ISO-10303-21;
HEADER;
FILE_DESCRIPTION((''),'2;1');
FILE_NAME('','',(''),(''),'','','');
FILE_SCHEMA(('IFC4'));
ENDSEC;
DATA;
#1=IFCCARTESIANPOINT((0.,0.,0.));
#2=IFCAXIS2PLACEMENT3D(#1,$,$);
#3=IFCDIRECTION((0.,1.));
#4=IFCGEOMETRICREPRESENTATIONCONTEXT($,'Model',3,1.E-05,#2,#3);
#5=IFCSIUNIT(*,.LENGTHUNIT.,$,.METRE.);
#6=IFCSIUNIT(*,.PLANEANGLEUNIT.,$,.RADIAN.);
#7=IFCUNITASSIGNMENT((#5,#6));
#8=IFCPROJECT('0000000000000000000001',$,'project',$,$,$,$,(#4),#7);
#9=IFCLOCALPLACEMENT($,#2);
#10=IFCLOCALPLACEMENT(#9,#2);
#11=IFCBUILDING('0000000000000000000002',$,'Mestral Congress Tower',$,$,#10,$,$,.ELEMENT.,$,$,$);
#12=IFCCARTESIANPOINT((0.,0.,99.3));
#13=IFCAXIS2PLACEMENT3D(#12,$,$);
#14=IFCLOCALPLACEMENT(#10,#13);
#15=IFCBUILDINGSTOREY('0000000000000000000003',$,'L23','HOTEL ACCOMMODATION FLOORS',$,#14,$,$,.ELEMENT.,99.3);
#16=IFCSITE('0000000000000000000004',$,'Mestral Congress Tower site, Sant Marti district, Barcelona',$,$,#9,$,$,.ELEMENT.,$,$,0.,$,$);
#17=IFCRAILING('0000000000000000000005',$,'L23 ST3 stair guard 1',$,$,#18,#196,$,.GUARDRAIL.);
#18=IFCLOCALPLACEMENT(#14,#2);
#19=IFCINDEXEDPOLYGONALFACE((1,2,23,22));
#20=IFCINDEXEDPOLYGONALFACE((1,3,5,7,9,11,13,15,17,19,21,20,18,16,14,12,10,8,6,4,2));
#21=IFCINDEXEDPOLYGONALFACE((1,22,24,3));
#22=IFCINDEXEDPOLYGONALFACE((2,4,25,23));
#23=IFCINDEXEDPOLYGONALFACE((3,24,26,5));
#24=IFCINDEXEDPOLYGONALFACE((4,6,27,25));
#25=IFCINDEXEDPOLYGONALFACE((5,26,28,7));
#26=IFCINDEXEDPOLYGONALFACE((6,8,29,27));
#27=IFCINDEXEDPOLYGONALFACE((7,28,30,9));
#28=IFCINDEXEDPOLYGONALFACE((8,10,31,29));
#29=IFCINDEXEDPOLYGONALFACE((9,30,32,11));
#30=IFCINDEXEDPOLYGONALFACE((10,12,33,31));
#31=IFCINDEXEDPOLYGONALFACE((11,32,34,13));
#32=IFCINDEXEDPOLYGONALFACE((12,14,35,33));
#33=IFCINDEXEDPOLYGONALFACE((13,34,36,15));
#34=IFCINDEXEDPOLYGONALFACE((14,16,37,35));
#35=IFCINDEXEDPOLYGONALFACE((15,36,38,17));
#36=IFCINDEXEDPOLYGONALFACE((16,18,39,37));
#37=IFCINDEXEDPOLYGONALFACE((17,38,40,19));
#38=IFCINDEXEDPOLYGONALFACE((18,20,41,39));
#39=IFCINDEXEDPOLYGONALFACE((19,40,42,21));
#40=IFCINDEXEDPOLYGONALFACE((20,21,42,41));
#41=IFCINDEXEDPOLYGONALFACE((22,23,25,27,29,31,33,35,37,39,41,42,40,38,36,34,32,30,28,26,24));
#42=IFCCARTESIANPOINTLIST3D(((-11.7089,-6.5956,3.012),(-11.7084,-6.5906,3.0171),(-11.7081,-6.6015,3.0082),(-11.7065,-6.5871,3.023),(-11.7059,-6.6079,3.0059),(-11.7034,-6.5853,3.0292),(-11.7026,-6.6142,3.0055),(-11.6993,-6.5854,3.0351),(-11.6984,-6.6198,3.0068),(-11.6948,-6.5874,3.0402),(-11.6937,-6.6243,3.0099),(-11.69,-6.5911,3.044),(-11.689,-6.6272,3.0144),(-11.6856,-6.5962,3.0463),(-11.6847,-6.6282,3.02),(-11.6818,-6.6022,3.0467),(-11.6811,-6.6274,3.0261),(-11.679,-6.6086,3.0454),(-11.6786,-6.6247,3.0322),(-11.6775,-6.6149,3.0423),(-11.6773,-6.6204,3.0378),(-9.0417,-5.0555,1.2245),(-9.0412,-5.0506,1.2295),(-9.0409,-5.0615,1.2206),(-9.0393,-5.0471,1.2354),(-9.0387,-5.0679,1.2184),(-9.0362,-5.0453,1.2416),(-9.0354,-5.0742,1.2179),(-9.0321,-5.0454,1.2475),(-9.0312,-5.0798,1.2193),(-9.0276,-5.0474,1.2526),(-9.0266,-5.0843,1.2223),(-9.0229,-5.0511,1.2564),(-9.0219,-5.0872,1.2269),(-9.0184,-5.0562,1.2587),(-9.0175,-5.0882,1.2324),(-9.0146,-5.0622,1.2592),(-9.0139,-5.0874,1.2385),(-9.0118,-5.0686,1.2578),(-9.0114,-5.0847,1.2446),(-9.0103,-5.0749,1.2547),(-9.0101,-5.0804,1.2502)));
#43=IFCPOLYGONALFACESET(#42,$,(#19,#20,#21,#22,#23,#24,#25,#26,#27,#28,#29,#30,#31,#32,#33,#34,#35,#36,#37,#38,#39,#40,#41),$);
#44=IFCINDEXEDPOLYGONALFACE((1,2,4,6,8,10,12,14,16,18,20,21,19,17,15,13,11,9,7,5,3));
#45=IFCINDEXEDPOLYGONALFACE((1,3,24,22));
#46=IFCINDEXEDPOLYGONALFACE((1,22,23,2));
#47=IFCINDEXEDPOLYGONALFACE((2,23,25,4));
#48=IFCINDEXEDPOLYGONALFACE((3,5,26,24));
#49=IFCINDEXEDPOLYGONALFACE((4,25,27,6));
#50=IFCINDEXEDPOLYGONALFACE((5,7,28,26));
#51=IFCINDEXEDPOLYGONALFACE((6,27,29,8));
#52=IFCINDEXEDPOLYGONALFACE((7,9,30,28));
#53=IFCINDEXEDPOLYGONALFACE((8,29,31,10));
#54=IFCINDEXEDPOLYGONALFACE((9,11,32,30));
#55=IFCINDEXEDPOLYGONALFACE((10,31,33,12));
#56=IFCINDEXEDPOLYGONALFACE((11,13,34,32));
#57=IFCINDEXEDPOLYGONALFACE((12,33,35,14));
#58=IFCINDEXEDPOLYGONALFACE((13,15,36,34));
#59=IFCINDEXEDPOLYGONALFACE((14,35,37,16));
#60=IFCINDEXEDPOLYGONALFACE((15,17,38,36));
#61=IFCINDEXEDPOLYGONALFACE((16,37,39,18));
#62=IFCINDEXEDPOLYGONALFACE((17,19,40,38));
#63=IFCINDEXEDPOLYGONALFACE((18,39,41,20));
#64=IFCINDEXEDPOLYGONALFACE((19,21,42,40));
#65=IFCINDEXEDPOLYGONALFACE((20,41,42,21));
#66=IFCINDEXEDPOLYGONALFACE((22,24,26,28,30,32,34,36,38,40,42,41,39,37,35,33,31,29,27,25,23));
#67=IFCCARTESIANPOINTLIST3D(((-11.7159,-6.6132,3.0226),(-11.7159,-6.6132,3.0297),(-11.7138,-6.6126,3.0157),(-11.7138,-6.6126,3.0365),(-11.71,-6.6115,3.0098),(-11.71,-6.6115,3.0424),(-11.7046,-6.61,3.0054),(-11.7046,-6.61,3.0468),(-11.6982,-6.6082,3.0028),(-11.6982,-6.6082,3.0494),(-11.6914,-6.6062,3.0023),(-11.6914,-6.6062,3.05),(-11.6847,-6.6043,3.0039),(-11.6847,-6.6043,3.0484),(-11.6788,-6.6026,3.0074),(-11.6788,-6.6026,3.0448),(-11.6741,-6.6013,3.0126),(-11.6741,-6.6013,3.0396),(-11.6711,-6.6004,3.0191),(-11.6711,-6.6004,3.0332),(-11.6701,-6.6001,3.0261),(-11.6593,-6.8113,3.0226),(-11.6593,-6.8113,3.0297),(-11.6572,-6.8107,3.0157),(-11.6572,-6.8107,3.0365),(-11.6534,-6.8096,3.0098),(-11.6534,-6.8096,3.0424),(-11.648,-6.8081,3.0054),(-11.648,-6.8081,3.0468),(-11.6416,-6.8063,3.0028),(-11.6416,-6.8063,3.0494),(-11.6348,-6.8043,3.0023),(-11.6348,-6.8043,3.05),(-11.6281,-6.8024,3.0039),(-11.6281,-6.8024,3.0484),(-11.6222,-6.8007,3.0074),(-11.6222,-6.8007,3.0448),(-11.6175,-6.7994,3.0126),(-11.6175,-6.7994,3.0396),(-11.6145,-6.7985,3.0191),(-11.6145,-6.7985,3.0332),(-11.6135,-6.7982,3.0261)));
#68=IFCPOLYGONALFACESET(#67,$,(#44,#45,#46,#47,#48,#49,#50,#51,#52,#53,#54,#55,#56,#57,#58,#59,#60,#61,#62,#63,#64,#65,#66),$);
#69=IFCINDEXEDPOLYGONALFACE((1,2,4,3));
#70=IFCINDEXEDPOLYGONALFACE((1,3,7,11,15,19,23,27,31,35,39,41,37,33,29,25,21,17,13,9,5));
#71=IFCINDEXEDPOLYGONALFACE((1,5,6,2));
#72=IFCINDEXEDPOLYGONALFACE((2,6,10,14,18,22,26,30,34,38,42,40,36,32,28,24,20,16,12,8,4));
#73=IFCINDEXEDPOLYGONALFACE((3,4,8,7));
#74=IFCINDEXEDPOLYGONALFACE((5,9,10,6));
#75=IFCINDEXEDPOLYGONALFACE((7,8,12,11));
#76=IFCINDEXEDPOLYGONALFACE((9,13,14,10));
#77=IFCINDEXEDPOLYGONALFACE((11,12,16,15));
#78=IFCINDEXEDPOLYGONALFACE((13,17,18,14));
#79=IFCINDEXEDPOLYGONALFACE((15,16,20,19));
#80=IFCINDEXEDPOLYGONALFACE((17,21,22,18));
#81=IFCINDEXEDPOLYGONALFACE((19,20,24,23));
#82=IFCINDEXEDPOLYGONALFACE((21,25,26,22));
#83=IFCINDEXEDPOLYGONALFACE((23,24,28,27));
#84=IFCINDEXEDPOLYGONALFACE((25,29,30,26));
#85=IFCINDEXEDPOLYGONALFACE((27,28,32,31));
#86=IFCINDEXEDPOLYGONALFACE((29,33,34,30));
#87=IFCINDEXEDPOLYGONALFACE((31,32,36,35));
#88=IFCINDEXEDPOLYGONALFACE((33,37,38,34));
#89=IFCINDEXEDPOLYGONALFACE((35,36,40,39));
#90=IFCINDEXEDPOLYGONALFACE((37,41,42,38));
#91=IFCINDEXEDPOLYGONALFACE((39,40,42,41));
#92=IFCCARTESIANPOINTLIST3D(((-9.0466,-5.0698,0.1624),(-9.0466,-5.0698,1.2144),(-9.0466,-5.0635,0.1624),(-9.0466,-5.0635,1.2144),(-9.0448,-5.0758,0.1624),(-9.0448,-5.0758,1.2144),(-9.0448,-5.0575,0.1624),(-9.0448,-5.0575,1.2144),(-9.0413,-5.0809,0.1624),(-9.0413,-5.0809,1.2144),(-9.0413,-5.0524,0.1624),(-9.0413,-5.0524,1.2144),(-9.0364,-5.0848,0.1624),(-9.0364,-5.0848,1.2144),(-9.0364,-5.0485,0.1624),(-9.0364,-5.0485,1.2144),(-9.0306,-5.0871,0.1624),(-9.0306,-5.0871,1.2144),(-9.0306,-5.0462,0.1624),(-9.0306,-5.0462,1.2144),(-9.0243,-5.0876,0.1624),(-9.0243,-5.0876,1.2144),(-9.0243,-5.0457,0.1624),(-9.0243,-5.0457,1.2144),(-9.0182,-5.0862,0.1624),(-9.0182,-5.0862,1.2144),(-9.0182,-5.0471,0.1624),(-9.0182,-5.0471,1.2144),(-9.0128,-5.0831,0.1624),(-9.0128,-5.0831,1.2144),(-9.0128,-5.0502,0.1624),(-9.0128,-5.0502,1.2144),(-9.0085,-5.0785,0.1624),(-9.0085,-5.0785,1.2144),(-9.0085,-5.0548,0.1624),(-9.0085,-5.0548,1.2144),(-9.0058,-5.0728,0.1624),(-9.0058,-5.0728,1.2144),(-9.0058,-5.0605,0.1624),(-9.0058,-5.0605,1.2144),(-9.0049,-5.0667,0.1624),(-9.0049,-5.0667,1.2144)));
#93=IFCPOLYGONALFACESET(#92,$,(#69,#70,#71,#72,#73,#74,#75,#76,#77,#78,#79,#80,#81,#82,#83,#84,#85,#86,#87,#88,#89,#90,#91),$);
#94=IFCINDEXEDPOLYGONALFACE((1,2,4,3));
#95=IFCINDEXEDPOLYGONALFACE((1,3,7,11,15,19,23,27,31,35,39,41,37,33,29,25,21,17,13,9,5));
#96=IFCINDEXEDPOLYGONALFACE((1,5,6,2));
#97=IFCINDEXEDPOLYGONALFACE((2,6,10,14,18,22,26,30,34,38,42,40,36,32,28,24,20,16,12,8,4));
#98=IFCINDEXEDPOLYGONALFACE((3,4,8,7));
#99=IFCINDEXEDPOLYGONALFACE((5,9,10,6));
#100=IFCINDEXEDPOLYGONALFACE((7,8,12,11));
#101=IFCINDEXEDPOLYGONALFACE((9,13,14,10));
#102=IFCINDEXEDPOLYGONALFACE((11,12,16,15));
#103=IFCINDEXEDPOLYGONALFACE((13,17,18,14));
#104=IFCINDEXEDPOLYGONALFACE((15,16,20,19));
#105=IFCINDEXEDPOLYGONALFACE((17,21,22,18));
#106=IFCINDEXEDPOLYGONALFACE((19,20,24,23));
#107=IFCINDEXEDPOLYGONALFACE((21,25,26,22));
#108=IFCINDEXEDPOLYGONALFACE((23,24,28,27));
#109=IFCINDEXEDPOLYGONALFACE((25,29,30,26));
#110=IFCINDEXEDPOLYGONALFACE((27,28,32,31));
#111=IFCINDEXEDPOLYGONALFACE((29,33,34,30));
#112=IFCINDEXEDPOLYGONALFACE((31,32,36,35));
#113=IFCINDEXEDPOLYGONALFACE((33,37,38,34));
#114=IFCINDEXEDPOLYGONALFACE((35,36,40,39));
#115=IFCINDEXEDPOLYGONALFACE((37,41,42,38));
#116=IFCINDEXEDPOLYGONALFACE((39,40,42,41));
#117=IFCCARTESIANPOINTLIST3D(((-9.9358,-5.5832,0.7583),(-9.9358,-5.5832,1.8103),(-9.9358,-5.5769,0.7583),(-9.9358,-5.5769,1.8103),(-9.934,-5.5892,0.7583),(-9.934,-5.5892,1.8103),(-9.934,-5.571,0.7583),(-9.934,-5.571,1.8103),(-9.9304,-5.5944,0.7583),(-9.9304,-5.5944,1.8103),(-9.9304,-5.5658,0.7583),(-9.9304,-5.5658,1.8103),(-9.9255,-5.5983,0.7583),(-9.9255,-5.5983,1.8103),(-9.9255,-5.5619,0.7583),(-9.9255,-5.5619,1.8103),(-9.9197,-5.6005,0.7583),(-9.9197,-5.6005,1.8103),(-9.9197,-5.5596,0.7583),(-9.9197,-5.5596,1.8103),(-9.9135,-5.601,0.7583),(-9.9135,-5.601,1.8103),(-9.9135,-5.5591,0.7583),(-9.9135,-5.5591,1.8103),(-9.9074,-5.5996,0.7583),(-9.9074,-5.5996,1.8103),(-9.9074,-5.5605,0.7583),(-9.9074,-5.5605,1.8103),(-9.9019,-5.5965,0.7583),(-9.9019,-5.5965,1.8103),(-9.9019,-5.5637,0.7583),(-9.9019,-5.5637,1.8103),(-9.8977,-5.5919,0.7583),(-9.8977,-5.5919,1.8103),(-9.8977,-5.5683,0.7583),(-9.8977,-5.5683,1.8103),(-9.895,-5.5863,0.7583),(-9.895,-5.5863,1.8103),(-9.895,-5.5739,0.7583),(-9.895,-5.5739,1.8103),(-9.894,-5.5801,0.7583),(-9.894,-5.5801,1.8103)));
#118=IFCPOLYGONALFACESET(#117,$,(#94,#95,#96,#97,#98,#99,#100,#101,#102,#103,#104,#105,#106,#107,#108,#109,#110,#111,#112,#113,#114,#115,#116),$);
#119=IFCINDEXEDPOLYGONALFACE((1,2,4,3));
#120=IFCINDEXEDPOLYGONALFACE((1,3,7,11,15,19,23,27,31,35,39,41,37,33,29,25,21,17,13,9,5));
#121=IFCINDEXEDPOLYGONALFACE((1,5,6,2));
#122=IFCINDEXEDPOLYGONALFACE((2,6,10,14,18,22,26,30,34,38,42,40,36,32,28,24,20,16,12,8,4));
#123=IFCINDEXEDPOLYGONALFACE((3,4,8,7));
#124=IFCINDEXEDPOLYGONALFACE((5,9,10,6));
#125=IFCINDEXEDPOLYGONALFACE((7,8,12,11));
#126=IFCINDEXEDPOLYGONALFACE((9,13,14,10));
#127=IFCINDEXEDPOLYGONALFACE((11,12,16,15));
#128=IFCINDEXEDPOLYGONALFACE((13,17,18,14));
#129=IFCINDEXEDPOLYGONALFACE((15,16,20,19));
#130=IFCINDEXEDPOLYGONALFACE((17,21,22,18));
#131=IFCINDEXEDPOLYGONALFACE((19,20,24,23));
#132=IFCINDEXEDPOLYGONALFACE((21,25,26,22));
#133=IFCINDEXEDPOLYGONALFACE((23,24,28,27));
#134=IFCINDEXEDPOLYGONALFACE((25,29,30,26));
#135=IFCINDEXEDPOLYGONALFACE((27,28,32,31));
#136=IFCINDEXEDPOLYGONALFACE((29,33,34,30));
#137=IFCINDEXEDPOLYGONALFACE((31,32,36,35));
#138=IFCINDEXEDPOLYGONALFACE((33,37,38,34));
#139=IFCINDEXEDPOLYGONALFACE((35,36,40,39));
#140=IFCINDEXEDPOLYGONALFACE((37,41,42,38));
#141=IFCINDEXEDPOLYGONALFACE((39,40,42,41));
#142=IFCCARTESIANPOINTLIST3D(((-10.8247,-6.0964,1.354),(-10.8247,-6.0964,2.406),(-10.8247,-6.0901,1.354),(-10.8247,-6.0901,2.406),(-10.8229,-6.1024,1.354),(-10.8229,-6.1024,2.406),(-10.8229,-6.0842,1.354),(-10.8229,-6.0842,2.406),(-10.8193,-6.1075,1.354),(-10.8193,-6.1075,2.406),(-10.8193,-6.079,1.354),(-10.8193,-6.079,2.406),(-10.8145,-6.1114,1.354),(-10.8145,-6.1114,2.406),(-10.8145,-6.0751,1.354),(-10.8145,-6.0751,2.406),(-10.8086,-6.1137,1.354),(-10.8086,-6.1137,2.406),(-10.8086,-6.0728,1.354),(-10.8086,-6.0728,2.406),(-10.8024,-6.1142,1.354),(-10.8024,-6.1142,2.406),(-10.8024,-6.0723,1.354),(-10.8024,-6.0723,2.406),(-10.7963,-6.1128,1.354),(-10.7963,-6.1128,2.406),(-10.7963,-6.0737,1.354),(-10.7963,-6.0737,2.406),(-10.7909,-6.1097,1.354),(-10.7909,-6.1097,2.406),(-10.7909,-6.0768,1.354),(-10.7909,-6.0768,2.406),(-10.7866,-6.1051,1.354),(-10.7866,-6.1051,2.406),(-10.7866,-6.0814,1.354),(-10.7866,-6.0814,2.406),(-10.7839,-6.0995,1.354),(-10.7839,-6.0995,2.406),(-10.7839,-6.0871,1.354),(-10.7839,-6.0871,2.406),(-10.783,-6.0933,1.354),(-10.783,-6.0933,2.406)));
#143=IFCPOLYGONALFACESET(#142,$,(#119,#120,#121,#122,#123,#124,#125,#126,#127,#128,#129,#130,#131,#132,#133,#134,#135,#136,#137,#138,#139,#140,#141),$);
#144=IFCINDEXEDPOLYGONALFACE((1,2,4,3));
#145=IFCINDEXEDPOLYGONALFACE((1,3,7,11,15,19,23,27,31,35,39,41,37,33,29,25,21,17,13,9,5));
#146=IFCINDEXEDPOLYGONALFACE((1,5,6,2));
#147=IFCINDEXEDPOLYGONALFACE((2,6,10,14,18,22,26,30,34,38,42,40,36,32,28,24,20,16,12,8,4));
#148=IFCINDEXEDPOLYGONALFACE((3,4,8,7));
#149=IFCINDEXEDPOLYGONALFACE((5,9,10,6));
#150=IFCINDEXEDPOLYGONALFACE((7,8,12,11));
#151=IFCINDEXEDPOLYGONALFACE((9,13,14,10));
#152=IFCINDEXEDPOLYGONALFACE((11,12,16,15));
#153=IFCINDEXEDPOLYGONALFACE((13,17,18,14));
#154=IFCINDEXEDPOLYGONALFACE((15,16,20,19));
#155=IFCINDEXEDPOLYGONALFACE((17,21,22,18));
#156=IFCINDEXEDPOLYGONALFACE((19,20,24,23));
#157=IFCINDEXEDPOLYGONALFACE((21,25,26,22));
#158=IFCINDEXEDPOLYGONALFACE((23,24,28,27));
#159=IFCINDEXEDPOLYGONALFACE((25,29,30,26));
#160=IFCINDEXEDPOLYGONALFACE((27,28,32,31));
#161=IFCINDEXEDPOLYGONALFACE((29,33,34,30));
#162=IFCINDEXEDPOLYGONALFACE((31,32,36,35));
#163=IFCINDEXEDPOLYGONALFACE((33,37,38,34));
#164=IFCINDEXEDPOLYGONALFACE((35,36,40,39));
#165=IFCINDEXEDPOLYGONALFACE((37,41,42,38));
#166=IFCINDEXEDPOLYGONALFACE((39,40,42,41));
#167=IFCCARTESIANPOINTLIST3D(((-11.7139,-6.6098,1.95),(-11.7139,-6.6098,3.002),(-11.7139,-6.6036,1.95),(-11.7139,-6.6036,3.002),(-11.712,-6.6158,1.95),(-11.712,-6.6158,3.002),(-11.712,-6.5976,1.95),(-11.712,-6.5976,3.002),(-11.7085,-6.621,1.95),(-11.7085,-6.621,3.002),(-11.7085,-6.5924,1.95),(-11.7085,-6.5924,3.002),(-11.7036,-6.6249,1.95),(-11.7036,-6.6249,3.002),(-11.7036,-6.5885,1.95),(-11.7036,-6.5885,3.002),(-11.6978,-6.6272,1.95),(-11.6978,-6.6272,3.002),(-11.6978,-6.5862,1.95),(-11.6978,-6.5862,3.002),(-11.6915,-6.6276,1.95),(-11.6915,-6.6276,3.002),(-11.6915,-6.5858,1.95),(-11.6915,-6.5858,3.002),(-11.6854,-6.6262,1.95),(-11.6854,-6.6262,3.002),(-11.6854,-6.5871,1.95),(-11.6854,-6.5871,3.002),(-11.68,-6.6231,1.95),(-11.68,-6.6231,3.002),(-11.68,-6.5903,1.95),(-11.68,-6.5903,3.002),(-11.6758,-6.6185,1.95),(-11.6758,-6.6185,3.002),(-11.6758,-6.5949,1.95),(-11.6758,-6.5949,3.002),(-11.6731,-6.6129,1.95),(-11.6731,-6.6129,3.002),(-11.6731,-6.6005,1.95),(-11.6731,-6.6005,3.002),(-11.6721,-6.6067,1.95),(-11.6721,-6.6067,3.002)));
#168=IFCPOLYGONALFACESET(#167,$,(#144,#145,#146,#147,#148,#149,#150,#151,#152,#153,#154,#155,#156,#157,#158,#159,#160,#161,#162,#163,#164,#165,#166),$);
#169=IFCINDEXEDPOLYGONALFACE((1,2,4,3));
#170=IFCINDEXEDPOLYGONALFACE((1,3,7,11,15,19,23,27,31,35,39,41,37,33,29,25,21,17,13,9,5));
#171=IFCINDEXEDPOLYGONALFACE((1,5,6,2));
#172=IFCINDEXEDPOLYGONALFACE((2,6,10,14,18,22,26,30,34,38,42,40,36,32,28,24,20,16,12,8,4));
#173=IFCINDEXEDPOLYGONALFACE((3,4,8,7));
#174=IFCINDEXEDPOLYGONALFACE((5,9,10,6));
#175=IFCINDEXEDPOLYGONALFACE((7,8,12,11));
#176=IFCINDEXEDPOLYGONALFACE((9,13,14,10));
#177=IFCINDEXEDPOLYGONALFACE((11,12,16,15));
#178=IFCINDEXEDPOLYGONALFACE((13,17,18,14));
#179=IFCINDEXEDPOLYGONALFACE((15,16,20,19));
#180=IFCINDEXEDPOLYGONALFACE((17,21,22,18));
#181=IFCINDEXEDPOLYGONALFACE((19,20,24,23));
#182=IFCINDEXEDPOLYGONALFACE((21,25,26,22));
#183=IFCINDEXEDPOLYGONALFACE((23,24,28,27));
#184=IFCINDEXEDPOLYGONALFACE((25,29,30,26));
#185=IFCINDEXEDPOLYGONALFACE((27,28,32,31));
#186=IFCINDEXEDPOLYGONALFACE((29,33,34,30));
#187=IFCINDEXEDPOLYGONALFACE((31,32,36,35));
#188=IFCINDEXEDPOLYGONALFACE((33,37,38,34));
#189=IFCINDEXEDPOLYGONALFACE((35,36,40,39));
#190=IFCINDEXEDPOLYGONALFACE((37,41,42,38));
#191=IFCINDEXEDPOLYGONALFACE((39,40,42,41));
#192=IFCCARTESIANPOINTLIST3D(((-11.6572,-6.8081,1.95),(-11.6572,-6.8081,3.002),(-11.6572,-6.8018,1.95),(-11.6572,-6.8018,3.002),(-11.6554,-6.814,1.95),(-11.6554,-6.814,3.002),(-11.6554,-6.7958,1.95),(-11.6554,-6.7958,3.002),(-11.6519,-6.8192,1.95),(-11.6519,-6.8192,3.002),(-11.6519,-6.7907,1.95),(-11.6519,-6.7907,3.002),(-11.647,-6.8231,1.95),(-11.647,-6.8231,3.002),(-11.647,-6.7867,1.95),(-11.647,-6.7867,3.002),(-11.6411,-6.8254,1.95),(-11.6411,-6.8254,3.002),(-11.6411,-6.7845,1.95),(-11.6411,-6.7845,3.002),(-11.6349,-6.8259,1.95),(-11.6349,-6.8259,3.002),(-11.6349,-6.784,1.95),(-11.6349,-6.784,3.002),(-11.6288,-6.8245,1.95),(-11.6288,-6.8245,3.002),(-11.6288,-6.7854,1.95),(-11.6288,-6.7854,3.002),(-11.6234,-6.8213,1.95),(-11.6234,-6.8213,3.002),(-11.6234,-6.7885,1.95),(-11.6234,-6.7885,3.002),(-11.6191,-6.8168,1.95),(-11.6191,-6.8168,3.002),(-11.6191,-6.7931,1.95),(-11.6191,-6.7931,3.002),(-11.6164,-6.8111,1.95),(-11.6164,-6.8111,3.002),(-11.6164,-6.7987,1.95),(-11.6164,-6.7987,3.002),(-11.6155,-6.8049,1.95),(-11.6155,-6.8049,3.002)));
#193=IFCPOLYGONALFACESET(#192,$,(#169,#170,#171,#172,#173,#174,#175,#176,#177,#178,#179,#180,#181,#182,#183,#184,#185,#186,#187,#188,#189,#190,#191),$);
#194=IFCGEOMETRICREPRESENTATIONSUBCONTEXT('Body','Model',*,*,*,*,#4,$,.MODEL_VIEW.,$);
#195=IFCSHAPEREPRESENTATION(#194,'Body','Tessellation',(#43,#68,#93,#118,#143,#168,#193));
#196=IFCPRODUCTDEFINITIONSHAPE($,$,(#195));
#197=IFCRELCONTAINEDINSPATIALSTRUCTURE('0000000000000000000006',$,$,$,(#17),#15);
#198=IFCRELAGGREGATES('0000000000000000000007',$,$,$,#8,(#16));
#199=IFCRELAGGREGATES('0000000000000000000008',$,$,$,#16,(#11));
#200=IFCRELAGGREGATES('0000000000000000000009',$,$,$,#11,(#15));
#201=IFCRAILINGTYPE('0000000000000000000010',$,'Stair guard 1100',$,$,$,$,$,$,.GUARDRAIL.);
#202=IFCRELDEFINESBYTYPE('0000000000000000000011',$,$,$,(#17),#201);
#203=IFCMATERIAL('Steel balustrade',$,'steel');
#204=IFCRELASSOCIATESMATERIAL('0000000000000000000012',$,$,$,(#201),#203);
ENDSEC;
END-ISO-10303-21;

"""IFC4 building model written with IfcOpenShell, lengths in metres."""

from ifc_helpers import new_model, si_unit, direction, frame, origin, origin_2d, place, context, subcontext, project, spatial, circle, extrude, material, type_object, element, save


model = new_model("IFC4")

# Units and contexts
model_context = context("Model", 3, precision=1e-05, world=origin(), true_north=direction((0.0, 1.0)))
body_context = subcontext(model_context, "Body", "Model", "MODEL_VIEW")
ifc_project = project(units=[si_unit("LENGTHUNIT", "METRE"), si_unit("PLANEANGLEUNIT", "RADIAN")], contexts=[model_context])

# Site, building, storey
site_placement = place(None, origin())
site = spatial("IfcSite", under=ifc_project, at=site_placement, Name="Mestral Congress Tower site, Sant Marti district, Barcelona", CompositionType="ELEMENT", RefElevation=0.0)
building_placement = place(site_placement, origin())
building = spatial("IfcBuilding", under=site, at=building_placement, Name="Mestral Congress Tower", CompositionType="ELEMENT")
storey_placement = place(building_placement, frame((0.0, 0.0, 99.3)))
storey = spatial("IfcBuildingStorey", under=building, at=storey_placement, Name="L23", Description="HOTEL ACCOMMODATION FLOORS", CompositionType="ELEMENT", Elevation=99.3)

# Railing
ifc_material_1 = material(Name="Steel balustrade", Category="steel")
railing_type_1 = type_object("IfcRailingType", Name="Stair guard 1100", PredefinedType="GUARDRAIL", material=ifc_material_1)
railing_1_placement = place(storey_placement, frame((-9.0259, -5.0667, 0.1624)))
element("IfcRailing", 1, at=railing_1_placement, inside=storey, type_object=railing_type_1, Name="L23 ST3 stair guard 1", PredefinedType="GUARDRAIL", context=body_context, shape_type="SweptSolid", body=[
    extrude(circle(Radius=0.0239, at=origin_2d()), frame((0.0, 0.0, 1.0762), z_axis=(-0.748994, -0.432463, 0.50198), x_axis=(0.500027, -0.86601, 0.0)), (0.0, 0.0, 1.0), 3.561),
    extrude(circle(Radius=0.0239, at=origin_2d()), frame((-2.6672, -1.54, 2.8638), z_axis=(0.274721, -0.961524, 0.0), x_axis=(0.961524, 0.274721, 0.0)), (0.0, 0.0, 1.0), 0.2061),
    extrude(circle(Radius=0.021, at=origin_2d()), origin(), (0.0, 0.0, 1.0), 1.052),
    extrude(circle(Radius=0.021, at=origin_2d()), frame((-0.8892, -0.5134, 0.5959)), (0.0, 0.0, 1.0), 1.052),
    extrude(circle(Radius=0.021, at=origin_2d()), frame((-1.7781, -1.0266, 1.1917)), (0.0, 0.0, 1.0), 1.052),
    extrude(circle(Radius=0.021, at=origin_2d()), frame((-2.6672, -1.54, 1.7876)), (0.0, 0.0, 1.0), 1.052),
    extrude(circle(Radius=0.021, at=origin_2d()), frame((-2.6106, -1.7383, 1.7876)), (0.0, 0.0, 1.0), 1.052),
])

save(model, "model.ifc")
